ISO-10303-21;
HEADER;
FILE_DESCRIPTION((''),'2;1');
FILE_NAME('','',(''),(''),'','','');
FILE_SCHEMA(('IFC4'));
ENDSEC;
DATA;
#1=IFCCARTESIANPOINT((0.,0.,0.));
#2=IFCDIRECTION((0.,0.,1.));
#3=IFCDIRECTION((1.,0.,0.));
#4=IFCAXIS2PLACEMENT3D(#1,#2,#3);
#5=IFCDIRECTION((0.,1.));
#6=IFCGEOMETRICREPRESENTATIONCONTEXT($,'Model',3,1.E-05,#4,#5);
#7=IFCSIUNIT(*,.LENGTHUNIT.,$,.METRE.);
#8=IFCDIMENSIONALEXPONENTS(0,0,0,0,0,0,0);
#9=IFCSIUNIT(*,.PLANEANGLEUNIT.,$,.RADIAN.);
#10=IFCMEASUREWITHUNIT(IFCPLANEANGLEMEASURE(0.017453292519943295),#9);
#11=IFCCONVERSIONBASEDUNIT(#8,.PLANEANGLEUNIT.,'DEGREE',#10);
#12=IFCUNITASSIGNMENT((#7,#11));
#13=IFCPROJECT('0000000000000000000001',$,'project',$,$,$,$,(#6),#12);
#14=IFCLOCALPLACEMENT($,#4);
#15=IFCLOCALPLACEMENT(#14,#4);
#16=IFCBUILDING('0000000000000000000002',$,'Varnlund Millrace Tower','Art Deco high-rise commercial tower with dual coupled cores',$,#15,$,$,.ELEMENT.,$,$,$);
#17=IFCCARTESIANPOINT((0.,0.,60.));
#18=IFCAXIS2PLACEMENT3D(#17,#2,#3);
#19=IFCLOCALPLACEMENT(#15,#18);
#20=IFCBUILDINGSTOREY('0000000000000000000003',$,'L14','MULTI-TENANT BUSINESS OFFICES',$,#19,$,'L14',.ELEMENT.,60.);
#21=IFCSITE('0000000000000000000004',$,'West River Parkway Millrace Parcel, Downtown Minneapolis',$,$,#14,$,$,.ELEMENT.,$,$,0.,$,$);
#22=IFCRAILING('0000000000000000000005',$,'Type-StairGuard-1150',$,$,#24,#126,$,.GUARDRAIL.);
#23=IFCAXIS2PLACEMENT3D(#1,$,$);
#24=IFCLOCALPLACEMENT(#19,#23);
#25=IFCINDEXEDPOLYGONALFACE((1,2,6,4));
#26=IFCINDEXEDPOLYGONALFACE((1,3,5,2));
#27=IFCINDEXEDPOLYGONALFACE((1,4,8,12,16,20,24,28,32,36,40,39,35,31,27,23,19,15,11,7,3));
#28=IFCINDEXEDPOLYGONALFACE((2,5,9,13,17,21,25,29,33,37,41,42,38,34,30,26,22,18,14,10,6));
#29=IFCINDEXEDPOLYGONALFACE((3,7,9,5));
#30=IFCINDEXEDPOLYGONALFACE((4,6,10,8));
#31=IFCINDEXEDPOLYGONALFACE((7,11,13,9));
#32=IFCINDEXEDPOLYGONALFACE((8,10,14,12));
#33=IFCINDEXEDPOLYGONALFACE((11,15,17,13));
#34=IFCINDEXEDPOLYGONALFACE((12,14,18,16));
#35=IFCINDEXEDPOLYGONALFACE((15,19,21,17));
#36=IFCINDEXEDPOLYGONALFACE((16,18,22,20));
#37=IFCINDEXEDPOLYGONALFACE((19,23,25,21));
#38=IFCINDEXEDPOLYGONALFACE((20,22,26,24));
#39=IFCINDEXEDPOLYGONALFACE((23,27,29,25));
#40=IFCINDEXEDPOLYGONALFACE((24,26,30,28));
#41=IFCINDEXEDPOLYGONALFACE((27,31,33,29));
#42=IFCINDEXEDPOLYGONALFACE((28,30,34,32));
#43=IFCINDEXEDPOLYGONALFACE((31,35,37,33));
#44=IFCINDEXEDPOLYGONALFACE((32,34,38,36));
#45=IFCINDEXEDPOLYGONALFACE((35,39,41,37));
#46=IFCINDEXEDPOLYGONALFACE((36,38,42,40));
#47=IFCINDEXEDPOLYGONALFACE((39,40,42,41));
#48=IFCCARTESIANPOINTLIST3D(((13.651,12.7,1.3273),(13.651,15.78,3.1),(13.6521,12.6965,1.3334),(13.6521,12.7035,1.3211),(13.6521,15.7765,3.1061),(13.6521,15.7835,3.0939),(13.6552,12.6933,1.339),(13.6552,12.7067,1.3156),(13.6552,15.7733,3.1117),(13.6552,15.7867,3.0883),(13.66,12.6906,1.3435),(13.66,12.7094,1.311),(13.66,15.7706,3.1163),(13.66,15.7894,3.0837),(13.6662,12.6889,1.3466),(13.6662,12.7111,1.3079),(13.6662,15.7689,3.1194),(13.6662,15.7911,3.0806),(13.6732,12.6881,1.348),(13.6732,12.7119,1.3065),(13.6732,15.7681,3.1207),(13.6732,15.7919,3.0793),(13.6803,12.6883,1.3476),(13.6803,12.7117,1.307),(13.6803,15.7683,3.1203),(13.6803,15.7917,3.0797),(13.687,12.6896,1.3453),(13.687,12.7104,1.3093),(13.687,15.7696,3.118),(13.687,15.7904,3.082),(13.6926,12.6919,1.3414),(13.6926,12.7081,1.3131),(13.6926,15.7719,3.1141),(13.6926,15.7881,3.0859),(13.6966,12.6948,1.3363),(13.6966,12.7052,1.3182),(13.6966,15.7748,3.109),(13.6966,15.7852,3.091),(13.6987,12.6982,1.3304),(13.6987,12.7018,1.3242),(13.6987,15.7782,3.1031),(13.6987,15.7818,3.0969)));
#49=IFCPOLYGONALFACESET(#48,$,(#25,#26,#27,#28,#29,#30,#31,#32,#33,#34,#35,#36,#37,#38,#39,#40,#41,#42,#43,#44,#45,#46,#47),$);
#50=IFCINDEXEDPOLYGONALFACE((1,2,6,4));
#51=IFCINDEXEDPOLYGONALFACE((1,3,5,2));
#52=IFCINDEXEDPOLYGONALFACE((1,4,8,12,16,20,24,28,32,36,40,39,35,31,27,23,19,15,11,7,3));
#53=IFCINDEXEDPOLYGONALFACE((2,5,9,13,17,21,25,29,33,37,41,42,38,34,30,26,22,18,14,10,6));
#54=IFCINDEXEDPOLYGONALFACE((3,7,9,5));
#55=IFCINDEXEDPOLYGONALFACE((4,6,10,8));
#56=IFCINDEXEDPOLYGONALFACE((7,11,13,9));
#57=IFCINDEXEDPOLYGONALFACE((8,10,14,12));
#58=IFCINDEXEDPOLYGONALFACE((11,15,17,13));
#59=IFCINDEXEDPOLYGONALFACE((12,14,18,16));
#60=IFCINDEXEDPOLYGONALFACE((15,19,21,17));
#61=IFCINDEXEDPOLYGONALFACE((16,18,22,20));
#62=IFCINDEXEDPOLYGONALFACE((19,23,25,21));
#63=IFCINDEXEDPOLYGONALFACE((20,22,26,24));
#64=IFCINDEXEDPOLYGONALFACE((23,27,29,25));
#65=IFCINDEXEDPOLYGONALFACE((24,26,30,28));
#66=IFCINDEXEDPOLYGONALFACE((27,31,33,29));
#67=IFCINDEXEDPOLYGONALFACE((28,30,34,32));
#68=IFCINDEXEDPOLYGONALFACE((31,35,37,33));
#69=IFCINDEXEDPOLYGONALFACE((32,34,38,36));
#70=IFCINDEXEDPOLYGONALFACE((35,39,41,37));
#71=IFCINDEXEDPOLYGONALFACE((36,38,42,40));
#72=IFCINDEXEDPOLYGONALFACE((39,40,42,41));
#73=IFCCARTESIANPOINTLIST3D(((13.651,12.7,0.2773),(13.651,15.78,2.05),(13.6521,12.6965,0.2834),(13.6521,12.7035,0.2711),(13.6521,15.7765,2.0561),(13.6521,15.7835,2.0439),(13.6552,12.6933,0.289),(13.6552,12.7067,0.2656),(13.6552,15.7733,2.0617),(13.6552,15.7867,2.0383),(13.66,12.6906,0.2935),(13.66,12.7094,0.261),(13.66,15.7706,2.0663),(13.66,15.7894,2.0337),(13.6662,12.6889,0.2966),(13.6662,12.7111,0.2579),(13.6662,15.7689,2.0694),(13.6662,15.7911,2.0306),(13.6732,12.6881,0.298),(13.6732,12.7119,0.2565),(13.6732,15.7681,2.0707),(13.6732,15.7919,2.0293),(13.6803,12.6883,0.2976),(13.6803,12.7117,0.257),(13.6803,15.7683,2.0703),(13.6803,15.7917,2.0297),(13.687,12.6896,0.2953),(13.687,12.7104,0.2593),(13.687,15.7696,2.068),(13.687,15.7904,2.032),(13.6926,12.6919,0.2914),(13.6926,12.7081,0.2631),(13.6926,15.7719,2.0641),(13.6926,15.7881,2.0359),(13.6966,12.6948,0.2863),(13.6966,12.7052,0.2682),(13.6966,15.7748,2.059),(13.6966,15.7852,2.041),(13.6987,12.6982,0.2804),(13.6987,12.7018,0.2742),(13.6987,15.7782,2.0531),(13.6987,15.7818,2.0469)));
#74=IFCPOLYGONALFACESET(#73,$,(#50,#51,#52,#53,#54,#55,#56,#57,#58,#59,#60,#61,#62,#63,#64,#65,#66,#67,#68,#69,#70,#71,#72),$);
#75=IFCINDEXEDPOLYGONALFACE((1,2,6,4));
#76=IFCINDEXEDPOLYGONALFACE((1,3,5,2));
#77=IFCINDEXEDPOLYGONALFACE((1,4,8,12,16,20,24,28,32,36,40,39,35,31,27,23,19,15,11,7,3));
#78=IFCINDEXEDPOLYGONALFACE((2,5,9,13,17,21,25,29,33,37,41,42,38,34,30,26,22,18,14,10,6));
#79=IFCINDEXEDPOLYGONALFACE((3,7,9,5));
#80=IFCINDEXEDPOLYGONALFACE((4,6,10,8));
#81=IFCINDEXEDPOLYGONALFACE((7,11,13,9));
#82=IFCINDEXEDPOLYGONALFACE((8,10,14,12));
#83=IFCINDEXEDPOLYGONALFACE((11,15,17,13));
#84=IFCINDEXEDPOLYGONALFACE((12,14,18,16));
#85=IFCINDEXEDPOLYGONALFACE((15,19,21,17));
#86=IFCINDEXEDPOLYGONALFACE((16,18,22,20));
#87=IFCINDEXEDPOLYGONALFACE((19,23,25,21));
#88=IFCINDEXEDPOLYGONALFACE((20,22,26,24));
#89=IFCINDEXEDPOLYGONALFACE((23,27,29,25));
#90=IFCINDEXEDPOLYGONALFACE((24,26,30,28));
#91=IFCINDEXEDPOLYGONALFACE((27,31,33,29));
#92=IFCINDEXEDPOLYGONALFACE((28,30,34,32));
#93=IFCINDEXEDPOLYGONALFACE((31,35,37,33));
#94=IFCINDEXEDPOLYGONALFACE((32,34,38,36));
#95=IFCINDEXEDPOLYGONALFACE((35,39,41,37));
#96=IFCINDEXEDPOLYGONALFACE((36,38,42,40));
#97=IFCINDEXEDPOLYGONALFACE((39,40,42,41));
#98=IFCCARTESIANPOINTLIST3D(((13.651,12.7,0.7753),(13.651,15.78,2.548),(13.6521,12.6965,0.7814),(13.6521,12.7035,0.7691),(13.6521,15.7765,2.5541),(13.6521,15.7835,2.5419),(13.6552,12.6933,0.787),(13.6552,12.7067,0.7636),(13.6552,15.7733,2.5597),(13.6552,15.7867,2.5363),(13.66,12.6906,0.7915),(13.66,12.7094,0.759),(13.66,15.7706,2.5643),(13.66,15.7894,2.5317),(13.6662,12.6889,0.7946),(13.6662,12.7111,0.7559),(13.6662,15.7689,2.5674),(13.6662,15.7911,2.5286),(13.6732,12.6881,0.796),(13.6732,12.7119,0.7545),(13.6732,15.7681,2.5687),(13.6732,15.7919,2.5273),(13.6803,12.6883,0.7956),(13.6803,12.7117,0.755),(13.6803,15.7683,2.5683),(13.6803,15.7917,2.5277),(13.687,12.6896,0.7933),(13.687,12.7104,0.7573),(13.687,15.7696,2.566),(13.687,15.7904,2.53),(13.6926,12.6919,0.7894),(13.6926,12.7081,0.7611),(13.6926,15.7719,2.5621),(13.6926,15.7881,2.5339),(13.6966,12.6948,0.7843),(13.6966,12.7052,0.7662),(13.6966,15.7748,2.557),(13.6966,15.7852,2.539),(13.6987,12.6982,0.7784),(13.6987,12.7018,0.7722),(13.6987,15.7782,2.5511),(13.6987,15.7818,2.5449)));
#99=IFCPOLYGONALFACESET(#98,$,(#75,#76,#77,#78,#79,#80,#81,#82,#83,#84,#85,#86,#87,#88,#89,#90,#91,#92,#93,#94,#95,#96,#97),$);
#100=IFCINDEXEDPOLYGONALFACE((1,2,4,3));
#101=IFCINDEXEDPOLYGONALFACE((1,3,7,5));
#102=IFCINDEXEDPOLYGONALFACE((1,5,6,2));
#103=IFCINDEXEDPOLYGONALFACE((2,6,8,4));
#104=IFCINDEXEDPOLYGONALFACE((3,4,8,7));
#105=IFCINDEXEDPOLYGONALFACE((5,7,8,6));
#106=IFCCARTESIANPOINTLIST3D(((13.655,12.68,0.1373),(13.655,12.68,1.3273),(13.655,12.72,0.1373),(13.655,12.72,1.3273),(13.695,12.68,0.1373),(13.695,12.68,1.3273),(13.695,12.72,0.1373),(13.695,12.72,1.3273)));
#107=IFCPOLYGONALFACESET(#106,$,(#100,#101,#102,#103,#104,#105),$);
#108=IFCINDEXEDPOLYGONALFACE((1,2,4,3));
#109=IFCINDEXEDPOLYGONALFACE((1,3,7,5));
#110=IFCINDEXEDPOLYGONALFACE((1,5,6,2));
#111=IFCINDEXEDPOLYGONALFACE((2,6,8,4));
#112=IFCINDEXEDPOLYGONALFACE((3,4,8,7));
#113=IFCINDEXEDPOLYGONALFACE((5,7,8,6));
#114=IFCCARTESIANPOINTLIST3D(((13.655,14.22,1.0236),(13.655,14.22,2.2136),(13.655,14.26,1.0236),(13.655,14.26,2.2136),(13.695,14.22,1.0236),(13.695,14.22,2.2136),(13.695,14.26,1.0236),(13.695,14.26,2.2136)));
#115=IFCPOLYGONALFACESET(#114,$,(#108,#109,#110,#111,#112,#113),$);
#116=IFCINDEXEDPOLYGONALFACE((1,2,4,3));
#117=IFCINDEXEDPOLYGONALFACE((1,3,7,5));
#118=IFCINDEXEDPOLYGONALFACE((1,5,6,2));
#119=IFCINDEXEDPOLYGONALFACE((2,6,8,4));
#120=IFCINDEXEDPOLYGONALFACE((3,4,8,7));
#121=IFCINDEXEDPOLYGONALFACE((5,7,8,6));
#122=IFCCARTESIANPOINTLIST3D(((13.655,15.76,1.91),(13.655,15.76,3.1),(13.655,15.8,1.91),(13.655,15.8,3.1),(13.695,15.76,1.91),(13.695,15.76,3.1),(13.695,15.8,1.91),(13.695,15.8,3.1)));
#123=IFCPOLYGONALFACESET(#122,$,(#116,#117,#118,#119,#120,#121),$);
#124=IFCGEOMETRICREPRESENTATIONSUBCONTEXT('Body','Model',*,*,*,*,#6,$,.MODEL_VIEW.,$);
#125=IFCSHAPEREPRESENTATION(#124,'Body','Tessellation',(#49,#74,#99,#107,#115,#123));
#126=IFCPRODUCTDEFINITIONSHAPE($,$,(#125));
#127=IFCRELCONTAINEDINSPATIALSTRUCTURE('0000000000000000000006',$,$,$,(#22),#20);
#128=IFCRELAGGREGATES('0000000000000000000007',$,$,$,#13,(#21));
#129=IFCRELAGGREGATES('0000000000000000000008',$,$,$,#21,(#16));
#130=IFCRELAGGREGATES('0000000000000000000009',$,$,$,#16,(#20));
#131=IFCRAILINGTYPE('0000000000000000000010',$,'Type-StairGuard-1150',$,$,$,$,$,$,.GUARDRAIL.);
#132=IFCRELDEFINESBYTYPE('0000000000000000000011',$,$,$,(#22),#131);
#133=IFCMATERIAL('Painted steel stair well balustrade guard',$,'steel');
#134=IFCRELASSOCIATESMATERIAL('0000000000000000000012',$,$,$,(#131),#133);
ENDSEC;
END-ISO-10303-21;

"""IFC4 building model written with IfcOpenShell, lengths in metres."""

from ifc_helpers import new_model, entity, si_unit, converted_unit, direction, frame, origin_with_axes, origin_2d_with_axis, place, context, subcontext, project, spatial, rectangle, circle, extrude, material, type_object, element, save


model = new_model("IFC4")

# Units and contexts
model_context = context("Model", 3, precision=1e-05, world=origin_with_axes(), true_north=direction((0.0, 1.0)))
body_context = subcontext(model_context, "Body", "Model", "MODEL_VIEW")
ifc_project = project(units=[si_unit("LENGTHUNIT", "METRE"), converted_unit("PLANEANGLEUNIT", "DEGREE", entity("IfcPlaneAngleMeasure", 0.017453292519943295), si_unit("PLANEANGLEUNIT", "RADIAN"), dimensions=[0, 0, 0, 0, 0, 0, 0])], contexts=[model_context])

# Site, building, storey
site_placement = place(None, origin_with_axes())
site = spatial("IfcSite", under=ifc_project, at=site_placement, Name="West River Parkway Millrace Parcel, Downtown Minneapolis", CompositionType="ELEMENT", RefElevation=0.0)
building_placement = place(site_placement, origin_with_axes())
building = spatial("IfcBuilding", under=site, at=building_placement, Name="Varnlund Millrace Tower", Description="Art Deco high-rise commercial tower with dual coupled cores", CompositionType="ELEMENT")
storey_placement = place(building_placement, frame((0.0, 0.0, 60.0), z_axis=(0.0, 0.0, 1.0), x_axis=(1.0, 0.0, 0.0)))
storey = spatial("IfcBuildingStorey", under=building, at=storey_placement, Name="L14", Description="MULTI-TENANT BUSINESS OFFICES", LongName="L14", CompositionType="ELEMENT", Elevation=60.0)

# Railing
ifc_material_1 = material(Name="Painted steel stair well balustrade guard", Category="steel")
railing_type_1 = type_object("IfcRailingType", Name="Type-StairGuard-1150", PredefinedType="GUARDRAIL", material=ifc_material_1)
railing_1_placement = place(storey_placement, frame((0.0, 0.0, -60.0), z_axis=(0.0, 0.0, 1.0), x_axis=(1.0, 0.0, 0.0)))
element("IfcRailing", 1, at=railing_1_placement, inside=storey, type_object=railing_type_1, Name="Type-StairGuard-1150", PredefinedType="GUARDRAIL", context=body_context, shape_type="SweptSolid", body=[
    extrude(circle(Radius=0.024, at=origin_2d_with_axis()), frame((13.675, 12.7, 61.3273), z_axis=(0.0, 0.866696, 0.498836), x_axis=(-1.0, 0.0, 0.0)), (0.0, 0.0, 1.0), 3.5537),
    extrude(circle(Radius=0.024, at=origin_2d_with_axis()), frame((13.675, 12.7, 60.2773), z_axis=(0.0, 0.866696, 0.498836), x_axis=(-1.0, 0.0, 0.0)), (0.0, 0.0, 1.0), 3.5537),
    extrude(circle(Radius=0.024, at=origin_2d_with_axis()), frame((13.675, 12.7, 60.7753), z_axis=(0.0, 0.866696, 0.498836), x_axis=(-1.0, 0.0, 0.0)), (0.0, 0.0, 1.0), 3.5537),
    extrude(rectangle(XDim=0.04, YDim=0.04, at=origin_2d_with_axis()), frame((13.675, 12.7, 60.1373), z_axis=(0.0, 0.0, 1.0), x_axis=(1.0, 0.0, 0.0)), (0.0, 0.0, 1.0), 1.19),
    extrude(rectangle(XDim=0.04, YDim=0.04, at=origin_2d_with_axis()), frame((13.675, 14.24, 61.0236), z_axis=(0.0, 0.0, 1.0), x_axis=(1.0, 0.0, 0.0)), (0.0, 0.0, 1.0), 1.19),
    extrude(rectangle(XDim=0.04, YDim=0.04, at=origin_2d_with_axis()), frame((13.675, 15.78, 61.91), z_axis=(0.0, 0.0, 1.0), x_axis=(1.0, 0.0, 0.0)), (0.0, 0.0, 1.0), 1.19),
])

save(model, "model.ifc")
